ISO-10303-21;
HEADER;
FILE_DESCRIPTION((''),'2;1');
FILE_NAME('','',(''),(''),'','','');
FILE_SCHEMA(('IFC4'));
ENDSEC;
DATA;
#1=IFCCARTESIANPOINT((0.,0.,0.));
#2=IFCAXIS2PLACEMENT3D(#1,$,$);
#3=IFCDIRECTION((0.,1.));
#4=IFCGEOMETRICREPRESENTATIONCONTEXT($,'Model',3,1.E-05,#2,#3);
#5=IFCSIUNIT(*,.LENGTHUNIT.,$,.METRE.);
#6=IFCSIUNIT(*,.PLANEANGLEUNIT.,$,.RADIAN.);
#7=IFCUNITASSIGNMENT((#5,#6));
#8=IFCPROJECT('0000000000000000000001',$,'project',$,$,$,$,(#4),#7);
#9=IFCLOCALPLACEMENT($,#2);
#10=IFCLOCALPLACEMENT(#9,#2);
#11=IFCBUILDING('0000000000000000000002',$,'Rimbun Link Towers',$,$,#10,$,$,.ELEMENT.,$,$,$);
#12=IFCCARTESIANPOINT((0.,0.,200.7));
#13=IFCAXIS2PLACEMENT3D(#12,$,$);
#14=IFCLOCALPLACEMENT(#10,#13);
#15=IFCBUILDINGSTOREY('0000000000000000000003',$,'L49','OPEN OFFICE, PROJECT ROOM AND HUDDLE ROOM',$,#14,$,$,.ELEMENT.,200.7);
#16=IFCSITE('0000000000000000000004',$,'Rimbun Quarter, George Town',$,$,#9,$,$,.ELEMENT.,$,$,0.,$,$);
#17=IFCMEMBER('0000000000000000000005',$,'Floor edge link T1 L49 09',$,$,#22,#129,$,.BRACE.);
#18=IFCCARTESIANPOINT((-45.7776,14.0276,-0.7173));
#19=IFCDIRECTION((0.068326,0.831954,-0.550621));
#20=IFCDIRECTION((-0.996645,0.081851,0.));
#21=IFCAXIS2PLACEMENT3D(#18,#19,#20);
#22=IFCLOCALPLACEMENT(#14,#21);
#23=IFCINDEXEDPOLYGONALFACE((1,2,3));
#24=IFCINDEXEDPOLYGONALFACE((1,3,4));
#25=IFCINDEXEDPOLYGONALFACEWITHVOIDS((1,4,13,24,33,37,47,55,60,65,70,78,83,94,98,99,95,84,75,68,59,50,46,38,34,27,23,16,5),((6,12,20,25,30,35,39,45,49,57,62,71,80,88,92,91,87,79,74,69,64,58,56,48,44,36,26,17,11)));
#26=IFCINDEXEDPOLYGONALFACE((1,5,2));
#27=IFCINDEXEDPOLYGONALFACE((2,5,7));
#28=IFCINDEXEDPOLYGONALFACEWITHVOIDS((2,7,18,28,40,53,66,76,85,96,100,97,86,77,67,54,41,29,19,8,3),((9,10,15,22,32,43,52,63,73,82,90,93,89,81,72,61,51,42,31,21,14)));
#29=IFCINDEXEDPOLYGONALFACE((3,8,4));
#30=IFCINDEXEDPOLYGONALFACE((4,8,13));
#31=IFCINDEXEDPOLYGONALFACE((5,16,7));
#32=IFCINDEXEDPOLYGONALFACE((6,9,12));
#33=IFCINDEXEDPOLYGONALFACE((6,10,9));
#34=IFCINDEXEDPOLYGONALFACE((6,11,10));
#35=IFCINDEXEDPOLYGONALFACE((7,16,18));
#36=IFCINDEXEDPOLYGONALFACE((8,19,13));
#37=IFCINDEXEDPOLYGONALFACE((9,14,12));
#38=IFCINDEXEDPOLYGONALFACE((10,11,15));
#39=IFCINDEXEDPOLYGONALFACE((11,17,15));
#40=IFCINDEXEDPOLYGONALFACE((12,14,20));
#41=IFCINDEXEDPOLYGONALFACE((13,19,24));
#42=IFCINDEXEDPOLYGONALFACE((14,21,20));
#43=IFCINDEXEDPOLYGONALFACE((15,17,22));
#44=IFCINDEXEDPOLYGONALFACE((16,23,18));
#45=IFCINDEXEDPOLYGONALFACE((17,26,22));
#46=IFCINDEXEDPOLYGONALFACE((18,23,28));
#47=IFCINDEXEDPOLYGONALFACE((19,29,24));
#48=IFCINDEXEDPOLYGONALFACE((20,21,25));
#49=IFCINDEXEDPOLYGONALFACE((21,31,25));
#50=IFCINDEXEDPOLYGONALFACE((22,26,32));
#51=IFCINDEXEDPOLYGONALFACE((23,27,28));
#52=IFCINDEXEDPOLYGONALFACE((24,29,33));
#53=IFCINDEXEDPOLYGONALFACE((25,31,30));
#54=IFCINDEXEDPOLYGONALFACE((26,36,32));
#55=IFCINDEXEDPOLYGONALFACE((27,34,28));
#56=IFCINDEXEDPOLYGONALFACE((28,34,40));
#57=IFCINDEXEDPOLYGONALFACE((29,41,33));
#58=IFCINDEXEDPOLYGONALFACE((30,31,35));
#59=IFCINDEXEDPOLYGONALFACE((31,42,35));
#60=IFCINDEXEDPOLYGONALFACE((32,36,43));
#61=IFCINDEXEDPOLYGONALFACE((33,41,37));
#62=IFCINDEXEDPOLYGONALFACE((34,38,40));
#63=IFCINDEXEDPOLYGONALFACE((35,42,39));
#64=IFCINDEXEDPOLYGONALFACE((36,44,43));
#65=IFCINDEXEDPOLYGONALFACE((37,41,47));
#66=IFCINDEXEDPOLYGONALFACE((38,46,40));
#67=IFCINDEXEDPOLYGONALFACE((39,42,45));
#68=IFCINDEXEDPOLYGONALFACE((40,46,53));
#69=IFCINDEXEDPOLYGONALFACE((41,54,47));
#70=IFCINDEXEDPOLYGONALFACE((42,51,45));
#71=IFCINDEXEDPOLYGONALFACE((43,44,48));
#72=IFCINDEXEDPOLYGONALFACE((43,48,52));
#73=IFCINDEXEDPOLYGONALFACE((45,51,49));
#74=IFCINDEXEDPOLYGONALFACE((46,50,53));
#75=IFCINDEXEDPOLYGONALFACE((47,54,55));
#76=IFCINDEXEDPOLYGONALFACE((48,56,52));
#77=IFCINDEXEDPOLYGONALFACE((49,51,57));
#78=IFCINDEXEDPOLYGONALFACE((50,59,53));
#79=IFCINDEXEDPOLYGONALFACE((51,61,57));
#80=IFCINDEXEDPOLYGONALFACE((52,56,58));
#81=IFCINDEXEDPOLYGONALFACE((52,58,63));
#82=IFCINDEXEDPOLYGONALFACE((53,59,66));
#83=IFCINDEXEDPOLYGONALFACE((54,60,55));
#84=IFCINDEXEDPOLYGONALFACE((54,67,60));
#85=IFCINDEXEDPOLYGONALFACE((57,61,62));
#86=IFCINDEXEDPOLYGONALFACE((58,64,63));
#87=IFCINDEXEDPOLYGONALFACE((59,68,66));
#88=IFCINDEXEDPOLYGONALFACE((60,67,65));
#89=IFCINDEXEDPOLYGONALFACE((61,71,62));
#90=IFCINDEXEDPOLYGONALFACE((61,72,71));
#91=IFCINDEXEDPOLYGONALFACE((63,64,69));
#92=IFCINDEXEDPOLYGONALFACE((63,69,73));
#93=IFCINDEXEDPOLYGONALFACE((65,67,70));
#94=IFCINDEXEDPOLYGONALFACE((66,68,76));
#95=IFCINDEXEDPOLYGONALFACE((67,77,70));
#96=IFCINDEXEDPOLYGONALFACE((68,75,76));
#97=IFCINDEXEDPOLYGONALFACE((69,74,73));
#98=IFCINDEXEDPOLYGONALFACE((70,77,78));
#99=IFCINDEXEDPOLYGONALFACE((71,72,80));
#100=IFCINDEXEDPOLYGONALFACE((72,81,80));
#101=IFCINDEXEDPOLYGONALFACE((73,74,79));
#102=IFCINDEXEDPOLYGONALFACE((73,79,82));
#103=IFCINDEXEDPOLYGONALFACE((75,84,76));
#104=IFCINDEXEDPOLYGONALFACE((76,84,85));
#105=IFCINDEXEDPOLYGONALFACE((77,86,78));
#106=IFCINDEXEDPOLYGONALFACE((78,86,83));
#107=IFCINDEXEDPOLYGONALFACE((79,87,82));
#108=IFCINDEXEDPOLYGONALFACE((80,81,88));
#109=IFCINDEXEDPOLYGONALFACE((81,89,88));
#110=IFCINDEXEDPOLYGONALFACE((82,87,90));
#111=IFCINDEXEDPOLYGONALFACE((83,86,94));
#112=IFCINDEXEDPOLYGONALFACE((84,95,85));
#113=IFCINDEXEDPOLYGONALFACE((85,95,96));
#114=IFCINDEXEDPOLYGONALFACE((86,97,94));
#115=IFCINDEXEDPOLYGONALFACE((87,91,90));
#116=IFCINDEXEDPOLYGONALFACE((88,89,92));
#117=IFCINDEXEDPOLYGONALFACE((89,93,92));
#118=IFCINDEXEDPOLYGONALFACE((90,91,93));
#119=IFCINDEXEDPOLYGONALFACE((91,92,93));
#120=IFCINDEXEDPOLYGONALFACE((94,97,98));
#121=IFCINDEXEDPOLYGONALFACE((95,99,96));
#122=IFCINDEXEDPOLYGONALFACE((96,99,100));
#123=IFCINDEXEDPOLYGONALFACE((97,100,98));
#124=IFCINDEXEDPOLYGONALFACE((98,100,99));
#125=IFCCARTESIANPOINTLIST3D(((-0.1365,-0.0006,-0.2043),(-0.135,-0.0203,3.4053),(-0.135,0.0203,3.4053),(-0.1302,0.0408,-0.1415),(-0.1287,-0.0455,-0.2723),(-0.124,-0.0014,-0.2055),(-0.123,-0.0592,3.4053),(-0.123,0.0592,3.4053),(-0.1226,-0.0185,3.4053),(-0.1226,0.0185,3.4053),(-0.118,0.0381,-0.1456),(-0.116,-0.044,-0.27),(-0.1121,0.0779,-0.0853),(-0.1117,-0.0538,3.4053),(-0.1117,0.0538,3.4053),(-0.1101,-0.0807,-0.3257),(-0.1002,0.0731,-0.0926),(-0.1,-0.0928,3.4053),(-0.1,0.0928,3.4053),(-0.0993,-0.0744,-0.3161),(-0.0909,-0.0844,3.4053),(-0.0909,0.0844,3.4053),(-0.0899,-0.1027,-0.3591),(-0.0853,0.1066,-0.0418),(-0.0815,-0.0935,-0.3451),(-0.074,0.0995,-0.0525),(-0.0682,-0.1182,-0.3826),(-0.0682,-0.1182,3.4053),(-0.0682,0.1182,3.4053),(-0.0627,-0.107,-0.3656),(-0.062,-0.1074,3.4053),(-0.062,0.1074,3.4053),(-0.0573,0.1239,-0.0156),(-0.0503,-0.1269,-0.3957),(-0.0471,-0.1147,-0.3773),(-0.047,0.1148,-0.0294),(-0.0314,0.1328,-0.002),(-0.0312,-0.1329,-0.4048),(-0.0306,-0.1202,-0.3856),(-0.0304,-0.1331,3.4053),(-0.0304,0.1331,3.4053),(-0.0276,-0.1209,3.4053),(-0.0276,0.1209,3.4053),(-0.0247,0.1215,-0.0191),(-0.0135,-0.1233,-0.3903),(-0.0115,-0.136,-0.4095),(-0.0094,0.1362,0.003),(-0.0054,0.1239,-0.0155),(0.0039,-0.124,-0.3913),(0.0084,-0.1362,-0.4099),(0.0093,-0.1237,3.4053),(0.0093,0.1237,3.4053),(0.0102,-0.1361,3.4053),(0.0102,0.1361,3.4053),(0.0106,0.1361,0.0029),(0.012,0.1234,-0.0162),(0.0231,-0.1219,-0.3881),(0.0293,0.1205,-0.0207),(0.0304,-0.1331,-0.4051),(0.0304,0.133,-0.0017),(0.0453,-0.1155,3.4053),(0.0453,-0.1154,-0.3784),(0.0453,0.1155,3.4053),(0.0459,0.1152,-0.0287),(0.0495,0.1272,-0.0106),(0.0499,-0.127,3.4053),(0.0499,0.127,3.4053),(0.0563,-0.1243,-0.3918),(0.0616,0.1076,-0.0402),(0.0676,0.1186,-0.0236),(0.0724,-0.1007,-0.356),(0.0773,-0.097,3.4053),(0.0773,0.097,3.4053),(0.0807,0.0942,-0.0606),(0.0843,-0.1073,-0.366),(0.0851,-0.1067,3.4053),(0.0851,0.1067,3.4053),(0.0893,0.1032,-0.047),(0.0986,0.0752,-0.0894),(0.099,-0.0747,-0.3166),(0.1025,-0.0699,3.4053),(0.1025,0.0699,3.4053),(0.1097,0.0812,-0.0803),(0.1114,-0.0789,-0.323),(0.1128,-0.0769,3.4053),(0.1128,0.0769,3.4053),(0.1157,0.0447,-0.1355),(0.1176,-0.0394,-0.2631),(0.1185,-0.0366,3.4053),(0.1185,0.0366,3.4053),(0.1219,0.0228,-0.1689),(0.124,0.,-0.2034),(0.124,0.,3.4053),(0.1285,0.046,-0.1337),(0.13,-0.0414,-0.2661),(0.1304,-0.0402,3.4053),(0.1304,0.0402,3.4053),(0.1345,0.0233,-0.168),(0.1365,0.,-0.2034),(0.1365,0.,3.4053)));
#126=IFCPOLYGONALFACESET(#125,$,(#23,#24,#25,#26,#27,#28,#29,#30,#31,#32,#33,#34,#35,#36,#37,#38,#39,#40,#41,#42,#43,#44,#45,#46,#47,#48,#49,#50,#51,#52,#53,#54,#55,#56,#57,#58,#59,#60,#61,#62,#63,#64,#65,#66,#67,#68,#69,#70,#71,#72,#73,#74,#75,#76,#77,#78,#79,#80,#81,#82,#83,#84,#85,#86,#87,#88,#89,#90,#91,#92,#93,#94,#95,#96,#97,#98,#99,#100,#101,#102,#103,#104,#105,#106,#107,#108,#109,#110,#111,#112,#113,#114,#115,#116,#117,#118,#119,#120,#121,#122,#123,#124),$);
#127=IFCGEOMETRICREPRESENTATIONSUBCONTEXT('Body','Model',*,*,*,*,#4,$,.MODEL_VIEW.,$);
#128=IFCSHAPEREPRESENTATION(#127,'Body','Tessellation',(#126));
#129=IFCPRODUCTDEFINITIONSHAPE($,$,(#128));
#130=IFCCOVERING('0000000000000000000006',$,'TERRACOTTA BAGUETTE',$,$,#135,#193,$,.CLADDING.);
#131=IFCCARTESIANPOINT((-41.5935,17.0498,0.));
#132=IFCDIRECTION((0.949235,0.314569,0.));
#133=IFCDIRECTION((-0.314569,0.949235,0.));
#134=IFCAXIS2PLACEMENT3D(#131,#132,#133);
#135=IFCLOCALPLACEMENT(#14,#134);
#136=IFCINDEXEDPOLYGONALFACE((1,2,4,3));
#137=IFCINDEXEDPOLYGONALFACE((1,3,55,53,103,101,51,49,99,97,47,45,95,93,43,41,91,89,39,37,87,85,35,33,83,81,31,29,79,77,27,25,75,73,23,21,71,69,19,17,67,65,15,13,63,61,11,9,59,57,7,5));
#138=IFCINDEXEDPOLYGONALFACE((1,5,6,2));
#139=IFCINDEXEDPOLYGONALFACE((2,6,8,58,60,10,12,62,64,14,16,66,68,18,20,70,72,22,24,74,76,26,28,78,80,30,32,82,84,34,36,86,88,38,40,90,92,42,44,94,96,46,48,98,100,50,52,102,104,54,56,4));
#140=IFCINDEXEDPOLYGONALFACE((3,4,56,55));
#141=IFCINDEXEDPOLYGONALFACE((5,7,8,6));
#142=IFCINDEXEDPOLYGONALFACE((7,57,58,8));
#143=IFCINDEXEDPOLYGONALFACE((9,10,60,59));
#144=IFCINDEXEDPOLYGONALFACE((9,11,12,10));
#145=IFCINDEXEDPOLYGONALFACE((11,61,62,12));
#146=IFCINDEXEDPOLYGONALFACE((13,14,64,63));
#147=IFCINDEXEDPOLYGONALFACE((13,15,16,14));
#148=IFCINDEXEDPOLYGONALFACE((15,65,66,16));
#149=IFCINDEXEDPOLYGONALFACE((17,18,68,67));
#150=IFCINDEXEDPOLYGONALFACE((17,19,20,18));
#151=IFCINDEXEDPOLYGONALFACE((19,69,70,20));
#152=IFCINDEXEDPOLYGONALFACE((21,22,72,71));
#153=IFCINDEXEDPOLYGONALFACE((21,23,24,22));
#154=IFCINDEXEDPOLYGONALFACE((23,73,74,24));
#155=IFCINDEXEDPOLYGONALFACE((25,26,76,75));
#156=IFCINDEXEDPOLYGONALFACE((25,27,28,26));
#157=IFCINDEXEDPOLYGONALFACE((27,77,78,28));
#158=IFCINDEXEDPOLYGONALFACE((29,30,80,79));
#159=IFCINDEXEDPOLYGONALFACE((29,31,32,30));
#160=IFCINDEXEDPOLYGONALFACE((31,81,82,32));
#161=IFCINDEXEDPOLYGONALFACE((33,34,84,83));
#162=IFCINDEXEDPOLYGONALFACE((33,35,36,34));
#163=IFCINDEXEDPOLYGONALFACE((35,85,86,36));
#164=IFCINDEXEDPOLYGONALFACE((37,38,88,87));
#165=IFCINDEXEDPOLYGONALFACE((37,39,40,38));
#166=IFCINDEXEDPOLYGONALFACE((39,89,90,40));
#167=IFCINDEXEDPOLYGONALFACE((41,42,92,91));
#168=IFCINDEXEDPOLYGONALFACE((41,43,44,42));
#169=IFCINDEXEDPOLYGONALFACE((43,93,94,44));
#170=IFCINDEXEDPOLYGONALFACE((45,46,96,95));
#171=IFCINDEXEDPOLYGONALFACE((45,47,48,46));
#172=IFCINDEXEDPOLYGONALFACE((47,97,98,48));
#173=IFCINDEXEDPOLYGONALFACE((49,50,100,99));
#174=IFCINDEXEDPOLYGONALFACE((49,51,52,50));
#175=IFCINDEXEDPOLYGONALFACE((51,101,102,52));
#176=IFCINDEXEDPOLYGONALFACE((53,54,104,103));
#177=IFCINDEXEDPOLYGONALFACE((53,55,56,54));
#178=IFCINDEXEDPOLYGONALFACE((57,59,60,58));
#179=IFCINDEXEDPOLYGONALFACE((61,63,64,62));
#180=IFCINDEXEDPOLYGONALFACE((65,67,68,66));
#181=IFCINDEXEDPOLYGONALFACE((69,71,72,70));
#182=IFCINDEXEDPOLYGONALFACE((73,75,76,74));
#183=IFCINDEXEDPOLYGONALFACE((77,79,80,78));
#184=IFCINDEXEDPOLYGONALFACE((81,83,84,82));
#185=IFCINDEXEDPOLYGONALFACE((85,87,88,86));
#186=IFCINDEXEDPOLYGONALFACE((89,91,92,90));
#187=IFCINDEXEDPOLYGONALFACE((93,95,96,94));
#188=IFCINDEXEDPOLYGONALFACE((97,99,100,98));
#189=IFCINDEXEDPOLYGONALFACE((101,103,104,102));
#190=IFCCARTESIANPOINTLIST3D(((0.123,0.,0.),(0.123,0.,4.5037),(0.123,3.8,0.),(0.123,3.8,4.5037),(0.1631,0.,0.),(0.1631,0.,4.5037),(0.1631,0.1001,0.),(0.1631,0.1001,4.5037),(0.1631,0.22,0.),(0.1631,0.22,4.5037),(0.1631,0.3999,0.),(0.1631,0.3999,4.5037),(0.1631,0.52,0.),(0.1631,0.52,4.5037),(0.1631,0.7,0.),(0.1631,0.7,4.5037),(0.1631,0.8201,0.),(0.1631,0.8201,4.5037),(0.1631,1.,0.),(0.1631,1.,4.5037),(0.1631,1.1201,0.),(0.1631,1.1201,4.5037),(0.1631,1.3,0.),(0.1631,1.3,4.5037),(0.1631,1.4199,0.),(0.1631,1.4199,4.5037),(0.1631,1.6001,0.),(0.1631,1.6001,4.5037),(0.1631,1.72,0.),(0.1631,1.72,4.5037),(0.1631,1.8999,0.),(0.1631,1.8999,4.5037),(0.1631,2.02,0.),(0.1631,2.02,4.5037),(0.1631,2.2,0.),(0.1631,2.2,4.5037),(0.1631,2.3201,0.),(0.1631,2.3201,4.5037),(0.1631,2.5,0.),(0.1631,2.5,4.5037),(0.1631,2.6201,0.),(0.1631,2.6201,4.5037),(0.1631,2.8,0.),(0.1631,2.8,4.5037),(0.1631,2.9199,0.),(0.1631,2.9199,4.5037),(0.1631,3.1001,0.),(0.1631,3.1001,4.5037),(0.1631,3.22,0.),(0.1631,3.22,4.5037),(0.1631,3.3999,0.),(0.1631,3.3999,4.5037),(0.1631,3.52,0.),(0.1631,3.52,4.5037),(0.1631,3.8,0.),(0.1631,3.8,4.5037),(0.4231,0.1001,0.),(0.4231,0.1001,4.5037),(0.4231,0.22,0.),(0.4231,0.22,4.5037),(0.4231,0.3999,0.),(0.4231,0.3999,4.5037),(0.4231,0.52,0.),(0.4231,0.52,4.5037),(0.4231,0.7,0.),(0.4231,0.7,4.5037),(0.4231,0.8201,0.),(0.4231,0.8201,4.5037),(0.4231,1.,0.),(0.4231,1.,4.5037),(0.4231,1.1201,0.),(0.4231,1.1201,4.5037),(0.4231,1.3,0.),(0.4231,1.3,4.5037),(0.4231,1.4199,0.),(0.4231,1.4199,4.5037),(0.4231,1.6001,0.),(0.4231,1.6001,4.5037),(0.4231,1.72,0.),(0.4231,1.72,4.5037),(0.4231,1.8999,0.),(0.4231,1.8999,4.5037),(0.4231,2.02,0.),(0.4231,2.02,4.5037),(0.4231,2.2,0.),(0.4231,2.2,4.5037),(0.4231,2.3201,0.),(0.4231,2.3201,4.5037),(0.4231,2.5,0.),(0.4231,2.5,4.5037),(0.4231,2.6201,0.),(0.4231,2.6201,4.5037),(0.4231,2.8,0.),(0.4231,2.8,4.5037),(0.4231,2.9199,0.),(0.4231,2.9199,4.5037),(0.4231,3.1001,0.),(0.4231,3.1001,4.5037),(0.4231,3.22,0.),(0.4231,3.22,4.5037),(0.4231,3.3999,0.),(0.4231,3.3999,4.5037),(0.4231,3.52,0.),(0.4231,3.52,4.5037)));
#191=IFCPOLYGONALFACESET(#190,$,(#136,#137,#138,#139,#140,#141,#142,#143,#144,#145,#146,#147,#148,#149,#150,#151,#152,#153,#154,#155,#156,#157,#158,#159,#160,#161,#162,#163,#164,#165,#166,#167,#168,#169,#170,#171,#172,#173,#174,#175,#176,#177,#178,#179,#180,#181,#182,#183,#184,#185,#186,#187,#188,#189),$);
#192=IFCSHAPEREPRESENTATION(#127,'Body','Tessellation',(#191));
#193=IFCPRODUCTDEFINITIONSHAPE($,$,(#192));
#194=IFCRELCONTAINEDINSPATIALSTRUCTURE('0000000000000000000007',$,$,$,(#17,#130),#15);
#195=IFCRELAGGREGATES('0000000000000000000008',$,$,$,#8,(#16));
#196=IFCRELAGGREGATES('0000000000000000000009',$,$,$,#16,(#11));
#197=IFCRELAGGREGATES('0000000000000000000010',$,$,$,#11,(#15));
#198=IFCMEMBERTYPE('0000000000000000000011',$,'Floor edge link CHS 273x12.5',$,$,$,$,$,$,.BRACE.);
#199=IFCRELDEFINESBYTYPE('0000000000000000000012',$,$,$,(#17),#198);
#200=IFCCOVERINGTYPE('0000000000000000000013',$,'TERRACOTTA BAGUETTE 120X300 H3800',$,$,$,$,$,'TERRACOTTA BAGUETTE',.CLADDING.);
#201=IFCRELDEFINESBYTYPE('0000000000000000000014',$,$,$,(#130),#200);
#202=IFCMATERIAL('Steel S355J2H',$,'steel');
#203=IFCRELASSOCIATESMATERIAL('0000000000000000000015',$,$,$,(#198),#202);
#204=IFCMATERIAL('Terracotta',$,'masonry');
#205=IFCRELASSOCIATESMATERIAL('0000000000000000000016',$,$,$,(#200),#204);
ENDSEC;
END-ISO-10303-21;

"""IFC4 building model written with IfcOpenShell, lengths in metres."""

from ifc_helpers import new_model, si_unit, direction, frame, origin, origin_2d, place, context, subcontext, project, spatial, polyline, hollow_circle, outline, extrude, clip, halfspace, material, material_profile, profile_set, type_object, element, save


model = new_model("IFC4")

# Units and contexts
model_context = context("Model", 3, precision=1e-05, world=origin(), true_north=direction((0.0, 1.0)))
body_context = subcontext(model_context, "Body", "Model", "MODEL_VIEW")
ifc_project = project(units=[si_unit("LENGTHUNIT", "METRE"), si_unit("PLANEANGLEUNIT", "RADIAN")], contexts=[model_context])

# Site, building, storey
site_placement = place(None, origin())
site = spatial("IfcSite", under=ifc_project, at=site_placement, Name="Rimbun Quarter, George Town", CompositionType="ELEMENT", RefElevation=0.0)
building_placement = place(site_placement, origin())
building = spatial("IfcBuilding", under=site, at=building_placement, Name="Rimbun Link Towers", CompositionType="ELEMENT")
storey_placement = place(building_placement, frame((0.0, 0.0, 200.7)))
storey = spatial("IfcBuildingStorey", under=building, at=storey_placement, Name="L49", Description="OPEN OFFICE, PROJECT ROOM AND HUDDLE ROOM", CompositionType="ELEMENT", Elevation=200.7)

# Member
ifc_material_1 = material(Name="Steel S355J2H", Category="steel")
ifc_material_profile_1 = material_profile(ifc_material_1, hollow_circle(Radius=0.1365, WallThickness=0.0125, at=origin_2d()), Name="CHS 273x12.5")
ifc_profile_set_1 = profile_set([ifc_material_profile_1], Name="Steel S355J2H")
member_type_1 = type_object("IfcMemberType", Name="Floor edge link CHS 273x12.5", PredefinedType="BRACE", material=ifc_profile_set_1)
member_1_placement = place(storey_placement, frame((-45.7776, 14.0276, -0.7173), z_axis=(0.068326, 0.831954, -0.550621), x_axis=(-0.996645, 0.081851, 0.0)))
element("IfcMember", 1, at=member_1_placement, inside=storey, type_object=member_type_1, Name="Floor edge link T1 L49 09", PredefinedType="BRACE", context=body_context, shape_type="Clipping", body=[
    clip(extrude(hollow_circle(Radius=0.1365, WallThickness=0.0125, at=origin_2d()), frame((0.0, 0.0, -0.4321)), (0.0, 0.0, 1.0), 3.8374), halfspace(frame((0.0, 0.0, -0.2034), z_axis=(0.0, 0.834755, -0.550621)), False)),
])

# Covering
ifc_material_2 = material(Name="Terracotta", Category="masonry")
ifc_material_profile_2 = material_profile(ifc_material_2, outline(polyline([(0.123, 0.0), (0.1631, 0.0), (0.1631, 0.1001), (0.4231, 0.1001), (0.4231, 0.22), (0.1631, 0.22), (0.1631, 0.3999), (0.4231, 0.3999), (0.4231, 0.52), (0.1631, 0.52), (0.1631, 0.7), (0.4231, 0.7), (0.4231, 0.8201), (0.1631, 0.8201), (0.1631, 1.0), (0.4231, 1.0), (0.4231, 1.1201), (0.1631, 1.1201), (0.1631, 1.3), (0.4231, 1.3), (0.4231, 1.4199), (0.1631, 1.4199), (0.1631, 1.6001), (0.4231, 1.6001), (0.4231, 1.72), (0.1631, 1.72), (0.1631, 1.8999), (0.4231, 1.8999), (0.4231, 2.02), (0.1631, 2.02), (0.1631, 2.2), (0.4231, 2.2), (0.4231, 2.3201), (0.1631, 2.3201), (0.1631, 2.5), (0.4231, 2.5), (0.4231, 2.6201), (0.1631, 2.6201), (0.1631, 2.8), (0.4231, 2.8), (0.4231, 2.9199), (0.1631, 2.9199), (0.1631, 3.1001), (0.4231, 3.1001), (0.4231, 3.22), (0.1631, 3.22), (0.1631, 3.3999), (0.4231, 3.3999), (0.4231, 3.52), (0.1631, 3.52), (0.1631, 3.8), (0.123, 3.8), (0.123, 0.0)])), Name="BAGUETTE 120X300")
ifc_profile_set_2 = profile_set([ifc_material_profile_2], Name="Terracotta")
covering_type = type_object("IfcCoveringType", Name="TERRACOTTA BAGUETTE 120X300 H3800", ElementType="TERRACOTTA BAGUETTE", PredefinedType="CLADDING", material=ifc_profile_set_2)
covering_1_placement = place(storey_placement, frame((-41.5935, 17.0498, 0.0), z_axis=(0.949235, 0.314569, 0.0), x_axis=(-0.314569, 0.949235, 0.0)))
element("IfcCovering", 2, at=covering_1_placement, inside=storey, type_object=covering_type, Name="TERRACOTTA BAGUETTE", PredefinedType="CLADDING", context=body_context, shape_type="SweptSolid", body=[
    extrude(outline(polyline([(0.123, 0.0), (0.1631, 0.0), (0.1631, 0.1001), (0.4231, 0.1001), (0.4231, 0.22), (0.1631, 0.22), (0.1631, 0.3999), (0.4231, 0.3999), (0.4231, 0.52), (0.1631, 0.52), (0.1631, 0.7), (0.4231, 0.7), (0.4231, 0.8201), (0.1631, 0.8201), (0.1631, 1.0), (0.4231, 1.0), (0.4231, 1.1201), (0.1631, 1.1201), (0.1631, 1.3), (0.4231, 1.3), (0.4231, 1.4199), (0.1631, 1.4199), (0.1631, 1.6001), (0.4231, 1.6001), (0.4231, 1.72), (0.1631, 1.72), (0.1631, 1.8999), (0.4231, 1.8999), (0.4231, 2.02), (0.1631, 2.02), (0.1631, 2.2), (0.4231, 2.2), (0.4231, 2.3201), (0.1631, 2.3201), (0.1631, 2.5), (0.4231, 2.5), (0.4231, 2.6201), (0.1631, 2.6201), (0.1631, 2.8), (0.4231, 2.8), (0.4231, 2.9199), (0.1631, 2.9199), (0.1631, 3.1001), (0.4231, 3.1001), (0.4231, 3.22), (0.1631, 3.22), (0.1631, 3.3999), (0.4231, 3.3999), (0.4231, 3.52), (0.1631, 3.52), (0.1631, 3.8), (0.123, 3.8), (0.123, 0.0)])), origin(), (0.0, 0.0, 1.0), 4.5037),
])

save(model, "model.ifc")
